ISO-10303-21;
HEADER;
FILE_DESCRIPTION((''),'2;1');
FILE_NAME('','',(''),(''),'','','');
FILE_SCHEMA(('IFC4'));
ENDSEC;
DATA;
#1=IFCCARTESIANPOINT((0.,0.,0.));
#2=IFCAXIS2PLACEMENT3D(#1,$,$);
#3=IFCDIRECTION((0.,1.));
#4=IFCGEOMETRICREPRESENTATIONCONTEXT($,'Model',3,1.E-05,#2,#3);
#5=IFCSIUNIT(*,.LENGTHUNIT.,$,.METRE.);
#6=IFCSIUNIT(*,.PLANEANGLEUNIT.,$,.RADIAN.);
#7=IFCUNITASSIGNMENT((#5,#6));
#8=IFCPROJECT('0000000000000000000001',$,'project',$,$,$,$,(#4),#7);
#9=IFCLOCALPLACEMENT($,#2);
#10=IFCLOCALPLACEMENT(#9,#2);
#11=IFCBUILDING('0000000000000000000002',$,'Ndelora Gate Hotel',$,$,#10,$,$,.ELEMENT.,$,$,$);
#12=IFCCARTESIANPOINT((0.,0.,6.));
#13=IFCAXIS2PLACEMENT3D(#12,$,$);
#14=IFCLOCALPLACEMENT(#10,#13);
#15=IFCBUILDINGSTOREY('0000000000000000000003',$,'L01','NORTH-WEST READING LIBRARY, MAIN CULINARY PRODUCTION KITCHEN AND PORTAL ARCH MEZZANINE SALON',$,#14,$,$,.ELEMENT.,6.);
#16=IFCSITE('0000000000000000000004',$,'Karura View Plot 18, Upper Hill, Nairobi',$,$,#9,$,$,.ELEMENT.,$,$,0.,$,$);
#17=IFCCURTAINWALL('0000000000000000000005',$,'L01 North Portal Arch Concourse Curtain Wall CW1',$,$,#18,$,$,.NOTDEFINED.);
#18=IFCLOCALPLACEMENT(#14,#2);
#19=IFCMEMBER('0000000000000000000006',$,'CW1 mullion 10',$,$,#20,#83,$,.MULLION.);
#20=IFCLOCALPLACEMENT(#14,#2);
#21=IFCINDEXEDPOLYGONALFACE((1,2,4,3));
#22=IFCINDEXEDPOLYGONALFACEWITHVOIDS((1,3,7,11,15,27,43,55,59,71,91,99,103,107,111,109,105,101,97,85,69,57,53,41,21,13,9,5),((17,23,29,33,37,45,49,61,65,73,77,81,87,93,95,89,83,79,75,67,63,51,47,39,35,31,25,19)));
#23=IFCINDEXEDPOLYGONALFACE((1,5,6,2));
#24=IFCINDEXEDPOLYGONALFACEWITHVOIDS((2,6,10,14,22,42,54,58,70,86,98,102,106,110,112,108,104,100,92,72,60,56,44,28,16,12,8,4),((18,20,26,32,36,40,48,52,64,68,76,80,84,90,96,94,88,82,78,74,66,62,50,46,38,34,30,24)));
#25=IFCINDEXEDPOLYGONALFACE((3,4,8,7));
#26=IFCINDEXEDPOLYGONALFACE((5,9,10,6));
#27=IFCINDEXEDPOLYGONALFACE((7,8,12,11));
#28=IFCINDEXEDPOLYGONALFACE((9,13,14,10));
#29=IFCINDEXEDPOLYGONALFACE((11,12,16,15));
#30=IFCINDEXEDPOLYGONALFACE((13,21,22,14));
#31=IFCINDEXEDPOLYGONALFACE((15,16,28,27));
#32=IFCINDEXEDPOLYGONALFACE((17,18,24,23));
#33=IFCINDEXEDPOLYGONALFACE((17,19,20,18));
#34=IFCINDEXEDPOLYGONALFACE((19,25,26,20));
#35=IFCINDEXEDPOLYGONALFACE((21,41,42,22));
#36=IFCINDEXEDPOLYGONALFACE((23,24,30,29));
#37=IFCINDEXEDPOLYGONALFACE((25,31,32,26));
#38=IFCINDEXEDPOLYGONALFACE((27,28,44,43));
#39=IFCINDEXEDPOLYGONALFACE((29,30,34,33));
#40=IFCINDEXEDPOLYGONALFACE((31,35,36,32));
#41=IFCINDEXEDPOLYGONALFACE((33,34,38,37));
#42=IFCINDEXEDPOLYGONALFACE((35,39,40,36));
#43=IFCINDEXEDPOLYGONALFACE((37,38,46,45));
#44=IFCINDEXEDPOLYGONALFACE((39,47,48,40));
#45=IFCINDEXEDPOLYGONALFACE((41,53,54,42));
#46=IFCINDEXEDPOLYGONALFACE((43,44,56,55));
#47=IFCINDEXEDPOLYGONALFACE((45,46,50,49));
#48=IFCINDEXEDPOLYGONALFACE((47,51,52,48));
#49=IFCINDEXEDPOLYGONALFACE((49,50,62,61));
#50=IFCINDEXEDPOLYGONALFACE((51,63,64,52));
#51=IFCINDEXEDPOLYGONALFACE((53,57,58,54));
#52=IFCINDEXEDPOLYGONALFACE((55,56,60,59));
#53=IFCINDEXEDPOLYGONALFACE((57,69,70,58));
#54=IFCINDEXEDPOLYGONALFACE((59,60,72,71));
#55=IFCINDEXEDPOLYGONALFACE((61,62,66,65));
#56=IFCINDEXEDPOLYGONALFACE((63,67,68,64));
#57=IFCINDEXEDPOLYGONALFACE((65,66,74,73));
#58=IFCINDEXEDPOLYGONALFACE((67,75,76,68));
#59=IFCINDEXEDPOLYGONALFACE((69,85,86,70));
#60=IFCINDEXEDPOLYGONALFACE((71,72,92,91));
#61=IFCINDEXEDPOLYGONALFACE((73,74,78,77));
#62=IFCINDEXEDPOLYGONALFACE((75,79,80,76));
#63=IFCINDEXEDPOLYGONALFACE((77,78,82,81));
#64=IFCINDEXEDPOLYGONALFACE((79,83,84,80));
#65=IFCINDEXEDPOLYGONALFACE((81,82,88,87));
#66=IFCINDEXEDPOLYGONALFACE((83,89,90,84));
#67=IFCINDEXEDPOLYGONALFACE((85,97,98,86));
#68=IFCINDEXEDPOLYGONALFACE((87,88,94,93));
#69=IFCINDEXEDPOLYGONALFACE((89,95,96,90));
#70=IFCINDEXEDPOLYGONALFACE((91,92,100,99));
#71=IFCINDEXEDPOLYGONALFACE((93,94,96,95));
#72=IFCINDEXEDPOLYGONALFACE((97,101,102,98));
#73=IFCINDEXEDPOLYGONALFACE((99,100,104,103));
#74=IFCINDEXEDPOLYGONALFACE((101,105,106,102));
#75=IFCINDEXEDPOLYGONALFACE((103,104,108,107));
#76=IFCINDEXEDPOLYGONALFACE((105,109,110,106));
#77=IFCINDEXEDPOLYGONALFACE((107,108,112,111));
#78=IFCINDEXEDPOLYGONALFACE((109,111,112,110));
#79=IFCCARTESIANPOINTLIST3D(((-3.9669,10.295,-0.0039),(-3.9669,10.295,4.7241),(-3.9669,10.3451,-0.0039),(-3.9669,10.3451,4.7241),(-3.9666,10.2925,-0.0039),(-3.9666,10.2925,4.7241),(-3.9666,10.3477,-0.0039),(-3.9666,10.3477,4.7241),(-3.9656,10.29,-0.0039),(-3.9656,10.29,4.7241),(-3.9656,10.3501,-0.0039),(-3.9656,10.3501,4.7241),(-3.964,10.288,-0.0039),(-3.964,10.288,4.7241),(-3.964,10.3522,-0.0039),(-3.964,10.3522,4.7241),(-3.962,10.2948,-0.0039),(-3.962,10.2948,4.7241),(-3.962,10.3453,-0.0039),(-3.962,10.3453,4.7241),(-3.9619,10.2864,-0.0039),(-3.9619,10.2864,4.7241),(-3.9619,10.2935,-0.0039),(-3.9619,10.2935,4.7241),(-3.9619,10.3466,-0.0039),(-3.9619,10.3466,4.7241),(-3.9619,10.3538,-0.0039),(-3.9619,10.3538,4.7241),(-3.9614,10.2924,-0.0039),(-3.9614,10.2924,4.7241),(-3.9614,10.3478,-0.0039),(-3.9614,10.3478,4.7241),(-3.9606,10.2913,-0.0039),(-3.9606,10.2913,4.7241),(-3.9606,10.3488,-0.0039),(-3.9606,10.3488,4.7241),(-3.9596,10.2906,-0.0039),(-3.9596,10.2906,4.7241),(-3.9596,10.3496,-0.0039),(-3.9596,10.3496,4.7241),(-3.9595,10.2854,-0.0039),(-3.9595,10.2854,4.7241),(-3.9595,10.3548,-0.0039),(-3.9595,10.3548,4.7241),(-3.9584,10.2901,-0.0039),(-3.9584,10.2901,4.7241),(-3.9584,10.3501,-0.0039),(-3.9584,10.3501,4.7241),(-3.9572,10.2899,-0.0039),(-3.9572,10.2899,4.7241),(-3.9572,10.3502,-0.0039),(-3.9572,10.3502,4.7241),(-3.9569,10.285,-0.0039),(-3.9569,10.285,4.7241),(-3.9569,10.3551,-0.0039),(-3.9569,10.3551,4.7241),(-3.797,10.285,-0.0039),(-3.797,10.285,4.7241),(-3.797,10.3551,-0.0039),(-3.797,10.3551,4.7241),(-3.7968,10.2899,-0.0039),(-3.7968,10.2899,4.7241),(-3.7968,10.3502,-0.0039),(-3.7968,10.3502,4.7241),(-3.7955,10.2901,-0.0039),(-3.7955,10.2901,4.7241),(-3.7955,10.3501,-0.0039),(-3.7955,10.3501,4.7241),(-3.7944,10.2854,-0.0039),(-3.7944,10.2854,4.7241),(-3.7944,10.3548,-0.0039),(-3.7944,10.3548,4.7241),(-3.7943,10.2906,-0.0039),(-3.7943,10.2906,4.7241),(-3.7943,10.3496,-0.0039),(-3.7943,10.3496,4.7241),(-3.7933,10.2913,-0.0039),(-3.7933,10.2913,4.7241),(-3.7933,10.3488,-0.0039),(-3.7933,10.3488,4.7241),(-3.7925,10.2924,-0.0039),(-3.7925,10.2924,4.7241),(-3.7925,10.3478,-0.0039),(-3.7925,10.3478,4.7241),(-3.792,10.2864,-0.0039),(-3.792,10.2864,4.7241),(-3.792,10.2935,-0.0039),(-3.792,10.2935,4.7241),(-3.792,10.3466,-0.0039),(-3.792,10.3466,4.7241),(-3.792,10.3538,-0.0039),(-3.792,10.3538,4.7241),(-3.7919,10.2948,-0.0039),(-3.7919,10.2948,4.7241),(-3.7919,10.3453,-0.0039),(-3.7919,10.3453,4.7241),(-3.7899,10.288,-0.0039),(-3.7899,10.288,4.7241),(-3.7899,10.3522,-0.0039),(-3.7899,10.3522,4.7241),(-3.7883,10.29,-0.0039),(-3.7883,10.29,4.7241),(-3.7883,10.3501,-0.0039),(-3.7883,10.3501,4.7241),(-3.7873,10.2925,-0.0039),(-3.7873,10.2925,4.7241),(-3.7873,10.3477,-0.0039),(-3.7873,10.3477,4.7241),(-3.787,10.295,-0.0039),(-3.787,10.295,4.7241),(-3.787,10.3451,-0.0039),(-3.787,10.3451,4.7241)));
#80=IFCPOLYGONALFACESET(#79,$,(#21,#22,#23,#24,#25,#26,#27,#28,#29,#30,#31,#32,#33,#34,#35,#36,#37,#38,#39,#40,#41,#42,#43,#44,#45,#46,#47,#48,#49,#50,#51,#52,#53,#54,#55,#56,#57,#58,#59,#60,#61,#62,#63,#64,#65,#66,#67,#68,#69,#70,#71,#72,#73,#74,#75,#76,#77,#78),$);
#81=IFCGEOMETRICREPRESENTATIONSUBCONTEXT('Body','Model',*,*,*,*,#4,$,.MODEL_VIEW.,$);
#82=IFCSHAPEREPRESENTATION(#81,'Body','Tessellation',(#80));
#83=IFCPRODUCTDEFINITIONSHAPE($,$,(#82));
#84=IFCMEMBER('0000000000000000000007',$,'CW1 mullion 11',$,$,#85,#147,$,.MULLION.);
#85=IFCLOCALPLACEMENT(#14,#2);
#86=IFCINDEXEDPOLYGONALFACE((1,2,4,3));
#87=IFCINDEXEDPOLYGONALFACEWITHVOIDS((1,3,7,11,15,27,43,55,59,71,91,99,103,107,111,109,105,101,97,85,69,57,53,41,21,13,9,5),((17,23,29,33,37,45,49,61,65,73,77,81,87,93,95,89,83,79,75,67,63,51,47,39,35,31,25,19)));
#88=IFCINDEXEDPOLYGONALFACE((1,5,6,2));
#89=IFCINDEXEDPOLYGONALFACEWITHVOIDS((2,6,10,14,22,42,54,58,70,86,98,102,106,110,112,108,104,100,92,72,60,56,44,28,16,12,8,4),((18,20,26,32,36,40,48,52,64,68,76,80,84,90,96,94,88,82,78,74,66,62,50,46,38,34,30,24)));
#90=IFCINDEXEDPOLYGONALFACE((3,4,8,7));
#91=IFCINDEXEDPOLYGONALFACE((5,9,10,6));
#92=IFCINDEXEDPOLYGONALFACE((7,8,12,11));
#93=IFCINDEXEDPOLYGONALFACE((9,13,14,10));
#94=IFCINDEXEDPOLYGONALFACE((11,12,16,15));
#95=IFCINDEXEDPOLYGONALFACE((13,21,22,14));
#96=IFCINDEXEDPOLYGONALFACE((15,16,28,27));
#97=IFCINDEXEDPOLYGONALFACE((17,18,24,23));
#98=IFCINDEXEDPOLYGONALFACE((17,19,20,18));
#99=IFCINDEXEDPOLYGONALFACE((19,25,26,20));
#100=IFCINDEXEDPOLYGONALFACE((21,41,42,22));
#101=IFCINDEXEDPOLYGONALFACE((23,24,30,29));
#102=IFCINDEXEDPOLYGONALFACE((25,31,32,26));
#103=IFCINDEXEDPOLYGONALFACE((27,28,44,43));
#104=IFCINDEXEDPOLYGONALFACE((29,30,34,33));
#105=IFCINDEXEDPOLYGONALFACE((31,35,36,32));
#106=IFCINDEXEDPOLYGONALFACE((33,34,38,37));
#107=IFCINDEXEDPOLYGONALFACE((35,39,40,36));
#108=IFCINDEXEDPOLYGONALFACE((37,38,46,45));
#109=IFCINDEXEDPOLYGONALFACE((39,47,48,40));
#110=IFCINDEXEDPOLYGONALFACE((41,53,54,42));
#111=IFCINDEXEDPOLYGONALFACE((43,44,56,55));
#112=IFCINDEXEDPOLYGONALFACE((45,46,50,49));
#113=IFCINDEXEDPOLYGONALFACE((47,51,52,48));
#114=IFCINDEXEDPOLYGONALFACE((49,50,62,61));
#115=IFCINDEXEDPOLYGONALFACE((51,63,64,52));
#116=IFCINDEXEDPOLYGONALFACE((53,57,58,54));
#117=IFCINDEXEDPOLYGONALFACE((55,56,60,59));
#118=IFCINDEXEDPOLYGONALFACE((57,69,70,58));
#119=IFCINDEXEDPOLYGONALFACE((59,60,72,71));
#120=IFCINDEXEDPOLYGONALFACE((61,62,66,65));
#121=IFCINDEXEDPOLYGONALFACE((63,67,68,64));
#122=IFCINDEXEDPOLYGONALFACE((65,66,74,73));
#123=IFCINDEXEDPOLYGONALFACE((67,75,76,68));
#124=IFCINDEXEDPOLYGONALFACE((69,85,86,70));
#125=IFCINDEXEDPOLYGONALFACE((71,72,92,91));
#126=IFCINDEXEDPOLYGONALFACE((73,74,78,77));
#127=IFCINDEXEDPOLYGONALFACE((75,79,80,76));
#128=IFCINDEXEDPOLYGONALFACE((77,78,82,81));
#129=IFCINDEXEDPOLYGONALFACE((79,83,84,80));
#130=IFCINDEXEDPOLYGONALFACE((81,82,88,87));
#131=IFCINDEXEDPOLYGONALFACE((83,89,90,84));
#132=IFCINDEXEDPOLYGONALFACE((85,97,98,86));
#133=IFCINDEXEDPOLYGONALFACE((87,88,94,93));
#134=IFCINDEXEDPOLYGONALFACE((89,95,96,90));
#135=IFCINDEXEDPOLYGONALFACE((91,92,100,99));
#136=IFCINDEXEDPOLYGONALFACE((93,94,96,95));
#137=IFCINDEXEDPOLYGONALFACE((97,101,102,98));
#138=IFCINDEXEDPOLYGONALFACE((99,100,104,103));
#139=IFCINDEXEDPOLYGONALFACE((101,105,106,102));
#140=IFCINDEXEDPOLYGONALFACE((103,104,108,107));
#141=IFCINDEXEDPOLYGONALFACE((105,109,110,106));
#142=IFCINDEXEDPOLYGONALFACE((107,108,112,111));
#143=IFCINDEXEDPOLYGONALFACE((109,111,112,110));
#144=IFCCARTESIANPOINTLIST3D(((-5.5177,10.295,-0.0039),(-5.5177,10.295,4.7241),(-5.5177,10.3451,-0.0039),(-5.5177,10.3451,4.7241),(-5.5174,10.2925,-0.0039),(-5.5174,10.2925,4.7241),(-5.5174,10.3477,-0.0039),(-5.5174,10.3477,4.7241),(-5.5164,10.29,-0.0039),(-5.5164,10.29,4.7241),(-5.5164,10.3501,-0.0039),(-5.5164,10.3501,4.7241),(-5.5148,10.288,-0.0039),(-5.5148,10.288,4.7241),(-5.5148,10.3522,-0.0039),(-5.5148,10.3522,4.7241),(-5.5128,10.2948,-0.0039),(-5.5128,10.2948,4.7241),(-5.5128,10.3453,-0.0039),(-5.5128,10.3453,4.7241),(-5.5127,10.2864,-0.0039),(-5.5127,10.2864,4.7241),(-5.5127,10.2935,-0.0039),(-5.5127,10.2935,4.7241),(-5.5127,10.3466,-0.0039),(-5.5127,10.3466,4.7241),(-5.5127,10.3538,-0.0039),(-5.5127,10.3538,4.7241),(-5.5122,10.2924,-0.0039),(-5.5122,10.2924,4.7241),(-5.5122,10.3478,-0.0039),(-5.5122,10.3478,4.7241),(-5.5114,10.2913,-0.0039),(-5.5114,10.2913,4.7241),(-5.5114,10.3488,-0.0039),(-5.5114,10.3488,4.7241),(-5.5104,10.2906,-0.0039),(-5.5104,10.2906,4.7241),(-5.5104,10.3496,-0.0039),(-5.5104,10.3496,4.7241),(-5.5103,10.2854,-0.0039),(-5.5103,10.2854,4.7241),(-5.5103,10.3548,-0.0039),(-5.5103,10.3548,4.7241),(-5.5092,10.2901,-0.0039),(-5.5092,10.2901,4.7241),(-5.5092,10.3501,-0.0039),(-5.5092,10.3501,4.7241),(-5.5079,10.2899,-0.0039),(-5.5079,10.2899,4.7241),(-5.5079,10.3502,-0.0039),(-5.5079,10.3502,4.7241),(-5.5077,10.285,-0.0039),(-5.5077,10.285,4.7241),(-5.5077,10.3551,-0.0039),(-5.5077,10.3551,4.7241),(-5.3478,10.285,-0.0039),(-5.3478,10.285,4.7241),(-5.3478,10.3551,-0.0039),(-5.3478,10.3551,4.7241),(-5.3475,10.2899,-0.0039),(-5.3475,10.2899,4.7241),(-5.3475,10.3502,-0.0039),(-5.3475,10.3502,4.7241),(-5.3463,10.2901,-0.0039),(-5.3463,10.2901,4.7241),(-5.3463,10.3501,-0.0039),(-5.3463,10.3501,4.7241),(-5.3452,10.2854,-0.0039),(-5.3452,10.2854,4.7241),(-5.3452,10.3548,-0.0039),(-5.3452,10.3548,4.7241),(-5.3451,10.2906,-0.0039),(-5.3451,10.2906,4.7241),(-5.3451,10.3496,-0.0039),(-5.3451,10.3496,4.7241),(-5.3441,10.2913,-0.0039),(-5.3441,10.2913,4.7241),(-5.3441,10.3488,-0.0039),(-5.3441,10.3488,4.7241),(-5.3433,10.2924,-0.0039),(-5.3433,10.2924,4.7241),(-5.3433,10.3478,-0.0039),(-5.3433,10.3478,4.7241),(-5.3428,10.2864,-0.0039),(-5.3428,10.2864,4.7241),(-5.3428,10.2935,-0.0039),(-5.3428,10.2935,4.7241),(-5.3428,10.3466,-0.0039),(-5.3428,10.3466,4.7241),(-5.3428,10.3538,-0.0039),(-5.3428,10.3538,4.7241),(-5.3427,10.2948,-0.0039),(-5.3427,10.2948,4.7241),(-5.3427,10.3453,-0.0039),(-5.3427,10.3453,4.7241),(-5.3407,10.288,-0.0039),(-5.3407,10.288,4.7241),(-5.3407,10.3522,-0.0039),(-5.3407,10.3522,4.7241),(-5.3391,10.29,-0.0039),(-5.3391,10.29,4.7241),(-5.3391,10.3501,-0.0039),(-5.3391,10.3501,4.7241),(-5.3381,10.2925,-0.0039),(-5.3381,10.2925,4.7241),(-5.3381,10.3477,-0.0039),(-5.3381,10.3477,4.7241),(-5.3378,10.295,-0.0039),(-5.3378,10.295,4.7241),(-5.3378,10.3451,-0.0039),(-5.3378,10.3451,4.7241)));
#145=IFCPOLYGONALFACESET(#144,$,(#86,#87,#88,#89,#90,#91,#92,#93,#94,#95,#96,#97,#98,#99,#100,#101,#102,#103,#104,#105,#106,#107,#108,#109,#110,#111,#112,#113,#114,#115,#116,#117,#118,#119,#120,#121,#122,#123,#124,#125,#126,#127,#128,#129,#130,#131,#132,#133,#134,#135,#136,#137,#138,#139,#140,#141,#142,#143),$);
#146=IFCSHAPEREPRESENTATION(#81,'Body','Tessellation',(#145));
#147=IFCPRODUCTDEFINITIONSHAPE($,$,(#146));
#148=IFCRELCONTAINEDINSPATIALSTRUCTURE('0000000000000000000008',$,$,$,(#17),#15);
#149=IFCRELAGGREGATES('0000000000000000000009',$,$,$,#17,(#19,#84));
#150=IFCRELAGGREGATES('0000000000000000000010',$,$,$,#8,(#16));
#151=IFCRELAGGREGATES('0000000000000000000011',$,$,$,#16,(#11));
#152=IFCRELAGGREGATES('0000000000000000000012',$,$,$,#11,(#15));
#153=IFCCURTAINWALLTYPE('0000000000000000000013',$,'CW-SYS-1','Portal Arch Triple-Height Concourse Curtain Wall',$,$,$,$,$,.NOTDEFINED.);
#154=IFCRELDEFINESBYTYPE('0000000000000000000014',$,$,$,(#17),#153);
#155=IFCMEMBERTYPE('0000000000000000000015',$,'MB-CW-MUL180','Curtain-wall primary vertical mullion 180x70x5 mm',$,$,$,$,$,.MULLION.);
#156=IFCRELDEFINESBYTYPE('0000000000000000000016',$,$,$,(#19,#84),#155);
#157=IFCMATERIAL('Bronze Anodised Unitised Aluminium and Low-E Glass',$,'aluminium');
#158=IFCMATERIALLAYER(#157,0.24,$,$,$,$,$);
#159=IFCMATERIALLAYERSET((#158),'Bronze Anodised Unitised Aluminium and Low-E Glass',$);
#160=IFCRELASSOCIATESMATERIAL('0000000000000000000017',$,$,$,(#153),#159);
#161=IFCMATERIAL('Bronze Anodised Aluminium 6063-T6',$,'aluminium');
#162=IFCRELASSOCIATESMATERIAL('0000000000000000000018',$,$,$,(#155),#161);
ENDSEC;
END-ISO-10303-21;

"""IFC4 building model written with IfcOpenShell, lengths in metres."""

from ifc_helpers import new_model, si_unit, direction, frame, origin, origin_2d, place, context, subcontext, project, spatial, hollow_rectangle, extrude, material, layer, layer_set, material_profile, profile_set, type_object, element, aggregate, save


model = new_model("IFC4")

# Units and contexts
model_context = context("Model", 3, precision=1e-05, world=origin(), true_north=direction((0.0, 1.0)))
body_context = subcontext(model_context, "Body", "Model", "MODEL_VIEW")
ifc_project = project(units=[si_unit("LENGTHUNIT", "METRE"), si_unit("PLANEANGLEUNIT", "RADIAN")], contexts=[model_context])

# Site, building, storey
site_placement = place(None, origin())
site = spatial("IfcSite", under=ifc_project, at=site_placement, Name="Karura View Plot 18, Upper Hill, Nairobi", CompositionType="ELEMENT", RefElevation=0.0)
building_placement = place(site_placement, origin())
building = spatial("IfcBuilding", under=site, at=building_placement, Name="Ndelora Gate Hotel", CompositionType="ELEMENT")
storey_placement = place(building_placement, frame((0.0, 0.0, 6.0)))
storey = spatial("IfcBuildingStorey", under=building, at=storey_placement, Name="L01", Description="NORTH-WEST READING LIBRARY, MAIN CULINARY PRODUCTION KITCHEN AND PORTAL ARCH MEZZANINE SALON", CompositionType="ELEMENT", Elevation=6.0)

# Curtain wall, members
ifc_material_1 = material(Name="Bronze Anodised Unitised Aluminium and Low-E Glass", Category="aluminium")
ifc_layer_1 = layer(ifc_material_1, 0.24)
ifc_layer_set_1 = layer_set([ifc_layer_1], Name="Bronze Anodised Unitised Aluminium and Low-E Glass")
curtain_wall_type = type_object("IfcCurtainWallType", Name="CW-SYS-1", Description="Portal Arch Triple-Height Concourse Curtain Wall", PredefinedType="NOTDEFINED", material=ifc_layer_set_1)
curtain_wall_placement = place(storey_placement, origin())
curtain_wall = element("IfcCurtainWall", 1, at=curtain_wall_placement, inside=storey, type_object=curtain_wall_type, Name="L01 North Portal Arch Concourse Curtain Wall CW1", PredefinedType="NOTDEFINED")
ifc_material_2 = material(Name="Bronze Anodised Aluminium 6063-T6", Category="aluminium")
ifc_material_profile_1 = material_profile(ifc_material_2, hollow_rectangle(XDim=0.0701, YDim=0.1799, WallThickness=0.0049, InnerFilletRadius=0.0049, OuterFilletRadius=0.01, at=origin_2d()), Name="ALU 180x70x5")
ifc_profile_set_1 = profile_set([ifc_material_profile_1], Name="Bronze Anodised Aluminium 6063-T6")
member_type_1 = type_object("IfcMemberType", Name="MB-CW-MUL180", Description="Curtain-wall primary vertical mullion 180x70x5 mm", PredefinedType="MULLION", material=ifc_profile_set_1)
member_1_placement = place(storey_placement, frame((-3.877, 10.3201, -0.0039), z_axis=(0.0, 0.0, 1.0), x_axis=(0.0, -1.0, 0.0)))
member_1 = element("IfcMember", 2, at=member_1_placement, type_object=member_type_1, Name="CW1 mullion 10", PredefinedType="MULLION", context=body_context, shape_type="SweptSolid", body=[
    extrude(hollow_rectangle(XDim=0.0701, YDim=0.1799, WallThickness=0.0049, InnerFilletRadius=0.0049, OuterFilletRadius=0.01, at=origin_2d()), origin(), (0.0, 0.0, 1.0), 4.728),
])
member_2_placement = place(storey_placement, frame((-5.4277, 10.3201, -0.0039), z_axis=(0.0, 0.0, 1.0), x_axis=(0.0, -1.0, 0.0)))
member_2 = element("IfcMember", 3, at=member_2_placement, type_object=member_type_1, Name="CW1 mullion 11", PredefinedType="MULLION", context=body_context, shape_type="SweptSolid", body=[
    extrude(hollow_rectangle(XDim=0.0701, YDim=0.1799, WallThickness=0.0049, InnerFilletRadius=0.0049, OuterFilletRadius=0.01, at=origin_2d()), origin(), (0.0, 0.0, 1.0), 4.728),
])
aggregate(curtain_wall, [member_1, member_2])

save(model, "model.ifc")
